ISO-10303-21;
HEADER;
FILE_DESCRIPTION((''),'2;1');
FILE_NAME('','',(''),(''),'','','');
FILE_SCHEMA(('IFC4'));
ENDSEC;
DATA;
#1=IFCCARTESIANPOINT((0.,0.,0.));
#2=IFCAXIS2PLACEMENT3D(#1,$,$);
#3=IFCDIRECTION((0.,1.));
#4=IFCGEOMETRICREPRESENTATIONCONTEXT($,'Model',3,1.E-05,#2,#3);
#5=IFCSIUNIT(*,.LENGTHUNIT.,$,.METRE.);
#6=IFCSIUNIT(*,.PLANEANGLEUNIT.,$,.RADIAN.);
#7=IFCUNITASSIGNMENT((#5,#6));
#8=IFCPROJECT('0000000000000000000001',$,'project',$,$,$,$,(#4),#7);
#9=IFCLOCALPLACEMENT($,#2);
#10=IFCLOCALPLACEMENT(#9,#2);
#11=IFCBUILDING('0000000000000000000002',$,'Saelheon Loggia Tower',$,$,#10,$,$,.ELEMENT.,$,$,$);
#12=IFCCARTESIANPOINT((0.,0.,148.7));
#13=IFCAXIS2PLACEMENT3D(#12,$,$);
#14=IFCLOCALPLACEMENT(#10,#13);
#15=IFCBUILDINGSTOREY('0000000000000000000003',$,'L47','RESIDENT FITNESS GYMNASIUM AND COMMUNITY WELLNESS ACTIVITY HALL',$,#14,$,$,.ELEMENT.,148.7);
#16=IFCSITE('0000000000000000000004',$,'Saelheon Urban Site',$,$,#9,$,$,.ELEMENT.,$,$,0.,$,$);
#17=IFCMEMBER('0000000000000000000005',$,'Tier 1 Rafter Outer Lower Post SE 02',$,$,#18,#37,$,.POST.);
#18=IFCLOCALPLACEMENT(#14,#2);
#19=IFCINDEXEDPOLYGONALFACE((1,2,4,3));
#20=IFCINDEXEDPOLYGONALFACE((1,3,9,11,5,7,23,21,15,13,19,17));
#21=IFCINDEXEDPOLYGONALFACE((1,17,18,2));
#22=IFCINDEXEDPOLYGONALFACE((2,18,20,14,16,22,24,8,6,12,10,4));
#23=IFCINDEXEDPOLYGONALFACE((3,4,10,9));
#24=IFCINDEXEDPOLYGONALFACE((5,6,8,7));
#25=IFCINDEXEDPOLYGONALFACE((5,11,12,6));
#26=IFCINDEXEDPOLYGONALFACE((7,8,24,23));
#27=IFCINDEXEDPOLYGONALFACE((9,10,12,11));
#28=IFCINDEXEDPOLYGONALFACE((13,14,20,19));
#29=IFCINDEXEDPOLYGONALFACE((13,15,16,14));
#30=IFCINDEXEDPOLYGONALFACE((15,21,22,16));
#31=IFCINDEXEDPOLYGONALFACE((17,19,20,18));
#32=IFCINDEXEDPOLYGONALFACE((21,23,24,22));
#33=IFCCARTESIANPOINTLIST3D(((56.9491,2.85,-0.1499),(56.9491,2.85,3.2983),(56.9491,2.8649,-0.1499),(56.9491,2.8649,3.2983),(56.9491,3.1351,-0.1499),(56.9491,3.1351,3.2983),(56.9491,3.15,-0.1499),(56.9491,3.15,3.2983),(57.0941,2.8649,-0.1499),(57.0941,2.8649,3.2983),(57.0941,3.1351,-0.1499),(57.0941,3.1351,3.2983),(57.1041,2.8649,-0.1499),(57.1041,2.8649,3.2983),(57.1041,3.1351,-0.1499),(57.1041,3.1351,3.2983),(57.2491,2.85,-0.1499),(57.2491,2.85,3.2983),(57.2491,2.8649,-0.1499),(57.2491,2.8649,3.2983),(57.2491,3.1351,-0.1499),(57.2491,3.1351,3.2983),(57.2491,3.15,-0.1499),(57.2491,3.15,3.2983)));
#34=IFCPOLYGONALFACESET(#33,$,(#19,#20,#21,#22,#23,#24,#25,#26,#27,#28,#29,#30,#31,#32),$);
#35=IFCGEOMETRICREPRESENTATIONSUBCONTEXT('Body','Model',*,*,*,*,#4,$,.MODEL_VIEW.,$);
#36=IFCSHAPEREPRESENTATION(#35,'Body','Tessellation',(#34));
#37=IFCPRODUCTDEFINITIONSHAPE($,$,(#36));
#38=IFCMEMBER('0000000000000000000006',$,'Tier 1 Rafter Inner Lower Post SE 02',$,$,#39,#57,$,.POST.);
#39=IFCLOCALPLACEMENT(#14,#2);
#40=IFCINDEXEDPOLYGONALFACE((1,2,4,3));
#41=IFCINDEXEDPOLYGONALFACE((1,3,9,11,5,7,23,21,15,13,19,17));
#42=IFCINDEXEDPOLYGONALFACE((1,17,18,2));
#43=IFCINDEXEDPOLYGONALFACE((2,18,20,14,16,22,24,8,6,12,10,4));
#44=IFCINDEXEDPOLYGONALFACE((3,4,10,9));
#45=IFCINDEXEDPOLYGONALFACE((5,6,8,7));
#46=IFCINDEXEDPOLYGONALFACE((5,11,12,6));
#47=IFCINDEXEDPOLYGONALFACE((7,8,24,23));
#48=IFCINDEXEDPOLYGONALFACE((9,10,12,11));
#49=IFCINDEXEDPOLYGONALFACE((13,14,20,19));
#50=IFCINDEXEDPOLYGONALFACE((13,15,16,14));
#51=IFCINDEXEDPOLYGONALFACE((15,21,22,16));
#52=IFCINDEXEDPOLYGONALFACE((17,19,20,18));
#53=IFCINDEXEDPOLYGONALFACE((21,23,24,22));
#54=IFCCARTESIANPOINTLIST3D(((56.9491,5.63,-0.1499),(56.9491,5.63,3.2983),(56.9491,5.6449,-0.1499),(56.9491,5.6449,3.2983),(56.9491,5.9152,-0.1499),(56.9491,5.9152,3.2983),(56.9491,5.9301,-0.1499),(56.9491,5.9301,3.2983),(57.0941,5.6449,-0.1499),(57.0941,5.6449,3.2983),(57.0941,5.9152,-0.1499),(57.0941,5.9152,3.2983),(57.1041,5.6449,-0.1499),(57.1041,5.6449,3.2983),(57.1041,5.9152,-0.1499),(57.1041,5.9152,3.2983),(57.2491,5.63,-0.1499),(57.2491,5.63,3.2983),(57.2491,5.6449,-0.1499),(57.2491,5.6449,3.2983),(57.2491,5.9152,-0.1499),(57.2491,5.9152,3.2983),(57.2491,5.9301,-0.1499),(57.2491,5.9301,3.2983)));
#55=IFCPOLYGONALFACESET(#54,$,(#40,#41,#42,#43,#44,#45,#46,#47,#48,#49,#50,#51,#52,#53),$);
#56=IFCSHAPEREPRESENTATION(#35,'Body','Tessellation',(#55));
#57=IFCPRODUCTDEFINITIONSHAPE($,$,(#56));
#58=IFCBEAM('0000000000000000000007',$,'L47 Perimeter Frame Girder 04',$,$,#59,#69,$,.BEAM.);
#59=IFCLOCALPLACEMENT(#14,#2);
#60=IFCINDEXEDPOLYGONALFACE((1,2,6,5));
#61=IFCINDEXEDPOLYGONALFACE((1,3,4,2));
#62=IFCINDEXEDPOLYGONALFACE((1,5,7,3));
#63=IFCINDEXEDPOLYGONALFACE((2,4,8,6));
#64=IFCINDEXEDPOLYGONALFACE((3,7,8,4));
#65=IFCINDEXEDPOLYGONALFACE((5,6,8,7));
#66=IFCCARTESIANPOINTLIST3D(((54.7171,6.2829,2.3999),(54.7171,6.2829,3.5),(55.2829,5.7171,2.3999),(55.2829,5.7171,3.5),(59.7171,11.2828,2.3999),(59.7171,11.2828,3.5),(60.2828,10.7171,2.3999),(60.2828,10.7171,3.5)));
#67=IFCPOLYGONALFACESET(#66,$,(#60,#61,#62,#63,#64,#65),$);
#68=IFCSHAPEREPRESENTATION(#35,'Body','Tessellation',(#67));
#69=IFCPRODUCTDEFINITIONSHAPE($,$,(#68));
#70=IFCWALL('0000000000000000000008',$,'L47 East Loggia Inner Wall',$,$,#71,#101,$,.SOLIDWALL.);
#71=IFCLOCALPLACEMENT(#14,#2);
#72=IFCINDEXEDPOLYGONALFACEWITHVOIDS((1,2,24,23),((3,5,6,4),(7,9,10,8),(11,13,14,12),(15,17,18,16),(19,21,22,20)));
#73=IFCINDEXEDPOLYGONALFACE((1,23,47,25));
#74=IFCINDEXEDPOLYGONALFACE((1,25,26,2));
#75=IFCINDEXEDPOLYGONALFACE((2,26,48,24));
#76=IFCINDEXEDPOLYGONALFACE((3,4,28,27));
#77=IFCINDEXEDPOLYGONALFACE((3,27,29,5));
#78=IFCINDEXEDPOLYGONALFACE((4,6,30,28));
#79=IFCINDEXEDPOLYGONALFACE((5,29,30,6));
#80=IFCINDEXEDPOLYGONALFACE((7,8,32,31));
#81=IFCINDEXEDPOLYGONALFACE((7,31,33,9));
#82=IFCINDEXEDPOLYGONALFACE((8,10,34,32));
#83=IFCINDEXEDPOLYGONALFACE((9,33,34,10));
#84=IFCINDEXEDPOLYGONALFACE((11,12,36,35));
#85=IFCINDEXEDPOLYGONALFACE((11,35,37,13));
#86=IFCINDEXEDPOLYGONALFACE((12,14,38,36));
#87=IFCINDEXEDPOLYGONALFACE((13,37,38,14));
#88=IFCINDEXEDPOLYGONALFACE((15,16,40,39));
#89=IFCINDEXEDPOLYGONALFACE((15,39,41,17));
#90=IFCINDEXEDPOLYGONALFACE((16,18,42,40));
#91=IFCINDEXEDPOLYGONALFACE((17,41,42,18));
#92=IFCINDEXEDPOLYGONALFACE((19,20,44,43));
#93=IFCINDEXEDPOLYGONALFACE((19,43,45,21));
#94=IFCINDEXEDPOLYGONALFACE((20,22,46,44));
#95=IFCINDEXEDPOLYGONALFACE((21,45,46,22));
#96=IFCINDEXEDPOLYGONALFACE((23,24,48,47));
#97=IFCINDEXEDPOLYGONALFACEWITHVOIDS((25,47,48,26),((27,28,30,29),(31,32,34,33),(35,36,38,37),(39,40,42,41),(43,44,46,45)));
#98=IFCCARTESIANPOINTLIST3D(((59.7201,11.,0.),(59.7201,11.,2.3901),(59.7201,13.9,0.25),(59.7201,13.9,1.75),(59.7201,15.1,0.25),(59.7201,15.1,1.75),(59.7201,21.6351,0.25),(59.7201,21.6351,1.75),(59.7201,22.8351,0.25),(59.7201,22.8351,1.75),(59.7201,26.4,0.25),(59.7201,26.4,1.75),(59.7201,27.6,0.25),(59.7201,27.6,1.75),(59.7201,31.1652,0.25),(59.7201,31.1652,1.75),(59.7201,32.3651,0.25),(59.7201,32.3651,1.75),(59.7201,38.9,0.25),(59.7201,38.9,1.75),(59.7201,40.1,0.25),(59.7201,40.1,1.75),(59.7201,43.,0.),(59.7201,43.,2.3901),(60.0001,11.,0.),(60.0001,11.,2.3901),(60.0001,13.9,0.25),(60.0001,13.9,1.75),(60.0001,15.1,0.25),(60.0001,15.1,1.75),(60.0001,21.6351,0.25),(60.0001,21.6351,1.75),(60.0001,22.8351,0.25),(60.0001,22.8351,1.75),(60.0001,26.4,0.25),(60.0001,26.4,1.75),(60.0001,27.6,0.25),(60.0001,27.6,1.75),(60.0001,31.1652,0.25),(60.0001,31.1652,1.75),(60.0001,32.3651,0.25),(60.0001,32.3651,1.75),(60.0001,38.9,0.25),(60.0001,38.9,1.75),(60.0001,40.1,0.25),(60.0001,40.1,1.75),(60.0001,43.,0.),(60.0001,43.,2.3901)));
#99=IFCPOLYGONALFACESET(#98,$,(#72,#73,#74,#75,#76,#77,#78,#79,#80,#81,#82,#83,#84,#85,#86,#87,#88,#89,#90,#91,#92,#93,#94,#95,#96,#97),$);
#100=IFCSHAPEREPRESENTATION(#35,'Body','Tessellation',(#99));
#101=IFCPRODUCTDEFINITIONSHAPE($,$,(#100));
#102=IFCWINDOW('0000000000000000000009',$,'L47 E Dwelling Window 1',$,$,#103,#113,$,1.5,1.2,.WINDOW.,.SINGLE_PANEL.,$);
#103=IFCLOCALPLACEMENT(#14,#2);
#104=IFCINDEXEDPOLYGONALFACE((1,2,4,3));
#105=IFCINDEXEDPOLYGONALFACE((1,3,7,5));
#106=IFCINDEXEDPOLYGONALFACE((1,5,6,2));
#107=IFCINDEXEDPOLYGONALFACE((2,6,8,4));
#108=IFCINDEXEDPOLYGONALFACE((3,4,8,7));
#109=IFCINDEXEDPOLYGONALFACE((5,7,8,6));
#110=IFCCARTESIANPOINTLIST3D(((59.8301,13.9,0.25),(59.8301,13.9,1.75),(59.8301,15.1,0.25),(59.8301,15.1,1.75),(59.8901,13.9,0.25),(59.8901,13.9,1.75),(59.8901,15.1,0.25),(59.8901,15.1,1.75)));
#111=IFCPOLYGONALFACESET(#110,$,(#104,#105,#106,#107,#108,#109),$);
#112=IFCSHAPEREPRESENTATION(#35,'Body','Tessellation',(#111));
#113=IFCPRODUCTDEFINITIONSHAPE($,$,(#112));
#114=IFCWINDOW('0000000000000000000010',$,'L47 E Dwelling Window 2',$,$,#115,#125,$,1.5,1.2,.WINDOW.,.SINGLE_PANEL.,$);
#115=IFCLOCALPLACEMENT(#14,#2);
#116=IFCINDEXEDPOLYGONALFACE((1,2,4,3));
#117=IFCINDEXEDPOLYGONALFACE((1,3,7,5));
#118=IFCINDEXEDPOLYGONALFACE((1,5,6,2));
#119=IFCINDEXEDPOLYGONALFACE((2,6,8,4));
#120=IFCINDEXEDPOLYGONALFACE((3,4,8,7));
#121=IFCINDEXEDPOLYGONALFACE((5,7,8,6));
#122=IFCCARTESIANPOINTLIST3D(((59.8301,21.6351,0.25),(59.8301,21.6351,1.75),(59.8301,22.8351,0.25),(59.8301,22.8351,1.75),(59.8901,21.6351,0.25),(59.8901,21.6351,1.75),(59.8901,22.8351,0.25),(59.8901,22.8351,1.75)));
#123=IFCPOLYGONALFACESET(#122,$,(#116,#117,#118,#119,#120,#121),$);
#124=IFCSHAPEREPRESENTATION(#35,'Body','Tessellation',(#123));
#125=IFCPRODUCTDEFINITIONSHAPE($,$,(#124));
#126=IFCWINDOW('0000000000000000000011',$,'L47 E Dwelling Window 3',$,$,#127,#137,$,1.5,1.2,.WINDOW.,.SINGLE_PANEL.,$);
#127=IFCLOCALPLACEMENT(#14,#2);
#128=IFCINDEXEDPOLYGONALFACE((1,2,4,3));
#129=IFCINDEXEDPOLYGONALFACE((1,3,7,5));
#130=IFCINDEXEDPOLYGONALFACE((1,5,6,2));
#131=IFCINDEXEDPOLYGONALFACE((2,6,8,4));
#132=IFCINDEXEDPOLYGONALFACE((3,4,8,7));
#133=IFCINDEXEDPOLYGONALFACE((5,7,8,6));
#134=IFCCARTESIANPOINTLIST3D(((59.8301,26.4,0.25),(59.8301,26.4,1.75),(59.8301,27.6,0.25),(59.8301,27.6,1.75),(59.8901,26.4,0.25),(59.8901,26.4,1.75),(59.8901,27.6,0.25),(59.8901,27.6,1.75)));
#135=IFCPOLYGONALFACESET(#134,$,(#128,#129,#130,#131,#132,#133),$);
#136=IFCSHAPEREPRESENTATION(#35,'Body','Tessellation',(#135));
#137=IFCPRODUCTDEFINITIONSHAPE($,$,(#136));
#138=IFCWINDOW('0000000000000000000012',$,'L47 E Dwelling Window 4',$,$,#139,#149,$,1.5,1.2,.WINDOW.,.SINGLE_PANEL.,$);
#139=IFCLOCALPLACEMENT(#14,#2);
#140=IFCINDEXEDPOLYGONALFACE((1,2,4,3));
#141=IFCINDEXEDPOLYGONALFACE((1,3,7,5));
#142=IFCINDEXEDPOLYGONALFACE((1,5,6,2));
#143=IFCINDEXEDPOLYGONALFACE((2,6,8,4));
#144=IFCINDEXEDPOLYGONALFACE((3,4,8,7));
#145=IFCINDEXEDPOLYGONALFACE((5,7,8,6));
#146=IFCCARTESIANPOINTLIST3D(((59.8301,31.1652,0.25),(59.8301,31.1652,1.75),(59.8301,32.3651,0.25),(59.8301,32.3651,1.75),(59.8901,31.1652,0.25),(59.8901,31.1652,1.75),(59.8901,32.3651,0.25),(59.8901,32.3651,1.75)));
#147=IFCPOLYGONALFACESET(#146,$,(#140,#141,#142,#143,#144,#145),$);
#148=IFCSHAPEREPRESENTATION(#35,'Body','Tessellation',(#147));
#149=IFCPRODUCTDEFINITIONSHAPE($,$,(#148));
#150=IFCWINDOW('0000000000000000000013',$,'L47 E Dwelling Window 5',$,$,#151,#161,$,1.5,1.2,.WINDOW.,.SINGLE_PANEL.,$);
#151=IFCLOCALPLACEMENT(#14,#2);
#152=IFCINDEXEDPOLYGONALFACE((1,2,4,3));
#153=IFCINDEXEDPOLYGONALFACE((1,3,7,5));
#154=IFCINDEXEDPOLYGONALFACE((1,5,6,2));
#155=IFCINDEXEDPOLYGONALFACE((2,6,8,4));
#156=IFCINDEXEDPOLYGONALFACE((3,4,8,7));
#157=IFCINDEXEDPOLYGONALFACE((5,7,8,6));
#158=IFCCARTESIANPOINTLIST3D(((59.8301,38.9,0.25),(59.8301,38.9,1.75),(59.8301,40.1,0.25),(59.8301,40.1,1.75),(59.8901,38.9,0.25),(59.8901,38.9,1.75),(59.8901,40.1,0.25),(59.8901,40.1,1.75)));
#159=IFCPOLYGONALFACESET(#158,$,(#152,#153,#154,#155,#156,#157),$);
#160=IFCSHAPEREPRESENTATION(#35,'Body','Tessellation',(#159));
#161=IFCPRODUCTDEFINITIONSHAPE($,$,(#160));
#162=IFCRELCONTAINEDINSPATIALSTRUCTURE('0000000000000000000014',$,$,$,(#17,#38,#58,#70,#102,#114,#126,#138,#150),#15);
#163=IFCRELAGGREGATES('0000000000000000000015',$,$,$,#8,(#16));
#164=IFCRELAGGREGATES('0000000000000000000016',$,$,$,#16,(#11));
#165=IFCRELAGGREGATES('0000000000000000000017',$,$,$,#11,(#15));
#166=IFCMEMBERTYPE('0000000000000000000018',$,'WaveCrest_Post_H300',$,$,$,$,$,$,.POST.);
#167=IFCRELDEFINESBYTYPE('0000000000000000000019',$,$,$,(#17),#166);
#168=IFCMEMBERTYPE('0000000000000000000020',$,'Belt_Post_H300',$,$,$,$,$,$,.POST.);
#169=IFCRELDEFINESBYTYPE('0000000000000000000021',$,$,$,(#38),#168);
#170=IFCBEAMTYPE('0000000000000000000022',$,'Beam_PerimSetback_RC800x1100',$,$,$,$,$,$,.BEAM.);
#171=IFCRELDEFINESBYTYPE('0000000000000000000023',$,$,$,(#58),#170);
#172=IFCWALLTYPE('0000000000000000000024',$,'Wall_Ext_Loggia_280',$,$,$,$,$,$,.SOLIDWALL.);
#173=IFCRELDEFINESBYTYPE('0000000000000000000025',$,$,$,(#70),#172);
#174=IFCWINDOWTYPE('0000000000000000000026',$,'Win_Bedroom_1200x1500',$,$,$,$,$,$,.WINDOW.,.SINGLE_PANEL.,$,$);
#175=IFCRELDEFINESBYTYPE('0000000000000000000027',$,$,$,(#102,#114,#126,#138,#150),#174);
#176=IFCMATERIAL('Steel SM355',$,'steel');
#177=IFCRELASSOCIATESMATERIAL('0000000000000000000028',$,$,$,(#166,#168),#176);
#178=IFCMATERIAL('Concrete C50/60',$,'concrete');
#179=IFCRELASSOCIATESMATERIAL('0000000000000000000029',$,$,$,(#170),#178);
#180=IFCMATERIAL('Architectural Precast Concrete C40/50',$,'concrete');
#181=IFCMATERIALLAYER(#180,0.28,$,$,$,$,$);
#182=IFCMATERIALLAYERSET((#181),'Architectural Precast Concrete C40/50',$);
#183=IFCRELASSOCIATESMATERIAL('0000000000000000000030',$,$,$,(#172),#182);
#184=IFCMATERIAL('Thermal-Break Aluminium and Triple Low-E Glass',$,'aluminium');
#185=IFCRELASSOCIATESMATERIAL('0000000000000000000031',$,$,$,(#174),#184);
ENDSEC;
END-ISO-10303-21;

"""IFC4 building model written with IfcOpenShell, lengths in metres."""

from ifc_helpers import new_model, si_unit, direction, frame, frame_2d, origin, origin_2d, place, context, subcontext, project, spatial, rectangle, i_section, extrude, source, transform, mapped, material, layer, layer_set, material_profile, profile_set, type_object, element, fill, save


model = new_model("IFC4")

# Units and contexts
model_context = context("Model", 3, precision=1e-05, world=origin(), true_north=direction((0.0, 1.0)))
body_context = subcontext(model_context, "Body", "Model", "MODEL_VIEW")
ifc_project = project(units=[si_unit("LENGTHUNIT", "METRE"), si_unit("PLANEANGLEUNIT", "RADIAN")], contexts=[model_context])

# Site, building, storey
site_placement = place(None, origin())
site = spatial("IfcSite", under=ifc_project, at=site_placement, Name="Saelheon Urban Site", CompositionType="ELEMENT", RefElevation=0.0)
building_placement = place(site_placement, origin())
building = spatial("IfcBuilding", under=site, at=building_placement, Name="Saelheon Loggia Tower", CompositionType="ELEMENT")
storey_placement = place(building_placement, frame((0.0, 0.0, 148.7)))
storey = spatial("IfcBuildingStorey", under=building, at=storey_placement, Name="L47", Description="RESIDENT FITNESS GYMNASIUM AND COMMUNITY WELLNESS ACTIVITY HALL", CompositionType="ELEMENT", Elevation=148.7)

# Shared definitions
ifc_material_1 = material(Name="Concrete C50/60", Category="concrete")

# Members
ifc_material_2 = material(Name="Steel SM355", Category="steel")
ifc_material_profile_1 = material_profile(ifc_material_2, i_section(OverallWidth=0.3, OverallDepth=0.3, WebThickness=0.01, FlangeThickness=0.0149, at=origin_2d()), Name="H-300x300x10x15")
ifc_profile_set_1 = profile_set([ifc_material_profile_1], Name="Steel SM355")
member_type_1 = type_object("IfcMemberType", Name="WaveCrest_Post_H300", PredefinedType="POST", material=ifc_profile_set_1)
ifc_material_profile_2 = material_profile(ifc_material_2, i_section(OverallWidth=0.3, OverallDepth=0.3, WebThickness=0.01, FlangeThickness=0.0149, at=origin_2d()), Name="H-300x300x10x15")
ifc_profile_set_2 = profile_set([ifc_material_profile_2], Name="Steel SM355")
member_type_2 = type_object("IfcMemberType", Name="Belt_Post_H300", PredefinedType="POST", material=ifc_profile_set_2)
shared_shape_1 = source(origin(), body_context, "Body", "SweptSolid", [
    extrude(i_section(OverallWidth=0.3, OverallDepth=0.3, WebThickness=0.01, FlangeThickness=0.0149, at=origin_2d()), origin(), (0.0, 0.0, 1.0), 3.4482),
])
for number, where, z_axis, x_axis, name in (
    (1, (57.0991, 3.0, -0.1499), (0.0, 0.0, 1.0), (1.0, 0.0, 0.0), "Tier 1 Rafter Outer Lower Post SE 02"),
):
    element("IfcMember", number, at=place(storey_placement, frame(where, z_axis=z_axis, x_axis=x_axis)), inside=storey, type_object=member_type_1, Name=name, PredefinedType="POST", context=body_context, shape_type="MappedRepresentation", body=[
        mapped(shared_shape_1, transform((0.0, 0.0, 0.0), scale=1.0)),
    ])
member_1_placement = place(storey_placement, frame((57.0991, 5.78, -0.1499), z_axis=(0.0, 0.0, 1.0), x_axis=(1.0, 0.0, 0.0)))
element("IfcMember", 2, at=member_1_placement, inside=storey, type_object=member_type_2, Name="Tier 1 Rafter Inner Lower Post SE 02", PredefinedType="POST", context=body_context, shape_type="MappedRepresentation", body=[
    mapped(shared_shape_1, transform((0.0, 0.0, 0.0), scale=1.0)),
])

# Beam
ifc_material_profile_3 = material_profile(ifc_material_1, rectangle(XDim=0.8, YDim=1.1001, at=origin_2d()), Name="RC-800x1100")
ifc_profile_set_3 = profile_set([ifc_material_profile_3], Name="Concrete C50/60")
beam_type = type_object("IfcBeamType", Name="Beam_PerimSetback_RC800x1100", PredefinedType="BEAM", material=ifc_profile_set_3)
shared_shape_2 = source(origin(), body_context, "Body", "SweptSolid", [
    extrude(rectangle(XDim=0.8, YDim=1.1001, at=origin_2d()), origin(), (0.0, 0.0, 1.0), 7.071),
])
beam_placement = place(storey_placement, frame((55.0, 6.0, 2.95), z_axis=(0.707107, 0.707107, 0.0), x_axis=(-0.707107, 0.707107, 0.0)))
element("IfcBeam", 3, at=beam_placement, inside=storey, type_object=beam_type, Name="L47 Perimeter Frame Girder 04", PredefinedType="BEAM", context=body_context, shape_type="MappedRepresentation", body=[
    mapped(shared_shape_2, transform((0.0, 0.0, 0.0), scale=1.0)),
])

# Wall, openings, windows
ifc_material_3 = material(Name="Architectural Precast Concrete C40/50", Category="concrete")
ifc_layer = layer(ifc_material_3, 0.28)
ifc_layer_set = layer_set([ifc_layer], Name="Architectural Precast Concrete C40/50")
wall_type = type_object("IfcWallType", Name="Wall_Ext_Loggia_280", PredefinedType="SOLIDWALL", material=ifc_layer_set)
wall_placement = place(storey_placement, frame((59.8601, 11.0, 0.0), z_axis=(0.0, 0.0, 1.0), x_axis=(0.0, 1.0, 0.0)))
wall = element("IfcWall", 4, at=wall_placement, inside=storey, type_object=wall_type, Name="L47 East Loggia Inner Wall", PredefinedType="SOLIDWALL", context=body_context, shape_type="SweptSolid", body=[
    extrude(rectangle(XDim=32.0, YDim=0.28, at=frame_2d((16.0, 0.0))), origin(), (0.0, 0.0, 1.0), 2.3901),
])
opening_1_placement = place(wall_placement, frame((2.8999, 0.0, 0.25)))
opening_1 = element("IfcOpeningElement", 5, at=opening_1_placement, cuts=wall, PredefinedType="OPENING", context=body_context, shape_type="SweptSolid", body=[
    extrude(rectangle(XDim=1.2, YDim=1.5, at=frame_2d((0.6001, 0.75))), frame((0.0, 0.1521, 0.0), z_axis=(0.0, -1.0, 0.0), x_axis=(1.0, 0.0, 0.0)), (0.0, 0.0, 1.0), 0.304),
])
opening_2_placement = place(wall_placement, frame((10.635, 0.0, 0.25)))
opening_2 = element("IfcOpeningElement", 6, at=opening_2_placement, cuts=wall, PredefinedType="OPENING", context=body_context, shape_type="SweptSolid", body=[
    extrude(rectangle(XDim=1.2, YDim=1.5, at=frame_2d((0.6001, 0.75))), frame((0.0, 0.1521, 0.0), z_axis=(0.0, -1.0, 0.0), x_axis=(1.0, 0.0, 0.0)), (0.0, 0.0, 1.0), 0.304),
])
opening_3_placement = place(wall_placement, frame((15.3999, 0.0, 0.25)))
opening_3 = element("IfcOpeningElement", 7, at=opening_3_placement, cuts=wall, PredefinedType="OPENING", context=body_context, shape_type="SweptSolid", body=[
    extrude(rectangle(XDim=1.2, YDim=1.5, at=frame_2d((0.6001, 0.75))), frame((0.0, 0.1521, 0.0), z_axis=(0.0, -1.0, 0.0), x_axis=(1.0, 0.0, 0.0)), (0.0, 0.0, 1.0), 0.304),
])
opening_4_placement = place(wall_placement, frame((20.165, 0.0, 0.25)))
opening_4 = element("IfcOpeningElement", 8, at=opening_4_placement, cuts=wall, PredefinedType="OPENING", context=body_context, shape_type="SweptSolid", body=[
    extrude(rectangle(XDim=1.2, YDim=1.5, at=frame_2d((0.6001, 0.75))), frame((0.0, 0.1521, 0.0), z_axis=(0.0, -1.0, 0.0), x_axis=(1.0, 0.0, 0.0)), (0.0, 0.0, 1.0), 0.304),
])
opening_5_placement = place(wall_placement, frame((27.8999, 0.0, 0.25)))
opening_5 = element("IfcOpeningElement", 9, at=opening_5_placement, cuts=wall, PredefinedType="OPENING", context=body_context, shape_type="SweptSolid", body=[
    extrude(rectangle(XDim=1.2, YDim=1.5, at=frame_2d((0.6001, 0.75))), frame((0.0, 0.1521, 0.0), z_axis=(0.0, -1.0, 0.0), x_axis=(1.0, 0.0, 0.0)), (0.0, 0.0, 1.0), 0.304),
])
ifc_material_4 = material(Name="Thermal-Break Aluminium and Triple Low-E Glass", Category="aluminium")
window_type = type_object("IfcWindowType", Name="Win_Bedroom_1200x1500", PartitioningType="SINGLE_PANEL", PredefinedType="WINDOW", material=ifc_material_4)
shared_shape_3 = source(origin(), body_context, "Body", "SweptSolid", [
    extrude(rectangle(XDim=1.2, YDim=1.5, at=frame_2d((0.6001, 0.75))), frame((0.0, 0.03, 0.0), z_axis=(0.0, -1.0, 0.0), x_axis=(1.0, 0.0, 0.0)), (0.0, 0.0, 1.0), 0.0601),
])
window_1_placement = place(opening_1_placement, origin())
window_1 = element("IfcWindow", 10, at=window_1_placement, inside=storey, type_object=window_type, Name="L47 E Dwelling Window 1", OverallHeight=1.5, OverallWidth=1.2, PartitioningType="SINGLE_PANEL", PredefinedType="WINDOW", context=body_context, shape_type="MappedRepresentation", body=[
    mapped(shared_shape_3, transform((0.0, 0.0, 0.0), scale=1.0)),
])
fill(opening_1, window_1)
window_2_placement = place(opening_2_placement, origin())
window_2 = element("IfcWindow", 11, at=window_2_placement, inside=storey, type_object=window_type, Name="L47 E Dwelling Window 2", OverallHeight=1.5, OverallWidth=1.2, PartitioningType="SINGLE_PANEL", PredefinedType="WINDOW", context=body_context, shape_type="MappedRepresentation", body=[
    mapped(shared_shape_3, transform((0.0, 0.0, 0.0), scale=1.0)),
])
fill(opening_2, window_2)
window_3_placement = place(opening_3_placement, origin())
window_3 = element("IfcWindow", 12, at=window_3_placement, inside=storey, type_object=window_type, Name="L47 E Dwelling Window 3", OverallHeight=1.5, OverallWidth=1.2, PartitioningType="SINGLE_PANEL", PredefinedType="WINDOW", context=body_context, shape_type="MappedRepresentation", body=[
    mapped(shared_shape_3, transform((0.0, 0.0, 0.0), scale=1.0)),
])
fill(opening_3, window_3)
window_4_placement = place(opening_4_placement, origin())
window_4 = element("IfcWindow", 13, at=window_4_placement, inside=storey, type_object=window_type, Name="L47 E Dwelling Window 4", OverallHeight=1.5, OverallWidth=1.2, PartitioningType="SINGLE_PANEL", PredefinedType="WINDOW", context=body_context, shape_type="MappedRepresentation", body=[
    mapped(shared_shape_3, transform((0.0, 0.0, 0.0), scale=1.0)),
])
fill(opening_4, window_4)
window_5_placement = place(opening_5_placement, origin())
window_5 = element("IfcWindow", 14, at=window_5_placement, inside=storey, type_object=window_type, Name="L47 E Dwelling Window 5", OverallHeight=1.5, OverallWidth=1.2, PartitioningType="SINGLE_PANEL", PredefinedType="WINDOW", context=body_context, shape_type="MappedRepresentation", body=[
    mapped(shared_shape_3, transform((0.0, 0.0, 0.0), scale=1.0)),
])
fill(opening_5, window_5)

save(model, "model.ifc")
